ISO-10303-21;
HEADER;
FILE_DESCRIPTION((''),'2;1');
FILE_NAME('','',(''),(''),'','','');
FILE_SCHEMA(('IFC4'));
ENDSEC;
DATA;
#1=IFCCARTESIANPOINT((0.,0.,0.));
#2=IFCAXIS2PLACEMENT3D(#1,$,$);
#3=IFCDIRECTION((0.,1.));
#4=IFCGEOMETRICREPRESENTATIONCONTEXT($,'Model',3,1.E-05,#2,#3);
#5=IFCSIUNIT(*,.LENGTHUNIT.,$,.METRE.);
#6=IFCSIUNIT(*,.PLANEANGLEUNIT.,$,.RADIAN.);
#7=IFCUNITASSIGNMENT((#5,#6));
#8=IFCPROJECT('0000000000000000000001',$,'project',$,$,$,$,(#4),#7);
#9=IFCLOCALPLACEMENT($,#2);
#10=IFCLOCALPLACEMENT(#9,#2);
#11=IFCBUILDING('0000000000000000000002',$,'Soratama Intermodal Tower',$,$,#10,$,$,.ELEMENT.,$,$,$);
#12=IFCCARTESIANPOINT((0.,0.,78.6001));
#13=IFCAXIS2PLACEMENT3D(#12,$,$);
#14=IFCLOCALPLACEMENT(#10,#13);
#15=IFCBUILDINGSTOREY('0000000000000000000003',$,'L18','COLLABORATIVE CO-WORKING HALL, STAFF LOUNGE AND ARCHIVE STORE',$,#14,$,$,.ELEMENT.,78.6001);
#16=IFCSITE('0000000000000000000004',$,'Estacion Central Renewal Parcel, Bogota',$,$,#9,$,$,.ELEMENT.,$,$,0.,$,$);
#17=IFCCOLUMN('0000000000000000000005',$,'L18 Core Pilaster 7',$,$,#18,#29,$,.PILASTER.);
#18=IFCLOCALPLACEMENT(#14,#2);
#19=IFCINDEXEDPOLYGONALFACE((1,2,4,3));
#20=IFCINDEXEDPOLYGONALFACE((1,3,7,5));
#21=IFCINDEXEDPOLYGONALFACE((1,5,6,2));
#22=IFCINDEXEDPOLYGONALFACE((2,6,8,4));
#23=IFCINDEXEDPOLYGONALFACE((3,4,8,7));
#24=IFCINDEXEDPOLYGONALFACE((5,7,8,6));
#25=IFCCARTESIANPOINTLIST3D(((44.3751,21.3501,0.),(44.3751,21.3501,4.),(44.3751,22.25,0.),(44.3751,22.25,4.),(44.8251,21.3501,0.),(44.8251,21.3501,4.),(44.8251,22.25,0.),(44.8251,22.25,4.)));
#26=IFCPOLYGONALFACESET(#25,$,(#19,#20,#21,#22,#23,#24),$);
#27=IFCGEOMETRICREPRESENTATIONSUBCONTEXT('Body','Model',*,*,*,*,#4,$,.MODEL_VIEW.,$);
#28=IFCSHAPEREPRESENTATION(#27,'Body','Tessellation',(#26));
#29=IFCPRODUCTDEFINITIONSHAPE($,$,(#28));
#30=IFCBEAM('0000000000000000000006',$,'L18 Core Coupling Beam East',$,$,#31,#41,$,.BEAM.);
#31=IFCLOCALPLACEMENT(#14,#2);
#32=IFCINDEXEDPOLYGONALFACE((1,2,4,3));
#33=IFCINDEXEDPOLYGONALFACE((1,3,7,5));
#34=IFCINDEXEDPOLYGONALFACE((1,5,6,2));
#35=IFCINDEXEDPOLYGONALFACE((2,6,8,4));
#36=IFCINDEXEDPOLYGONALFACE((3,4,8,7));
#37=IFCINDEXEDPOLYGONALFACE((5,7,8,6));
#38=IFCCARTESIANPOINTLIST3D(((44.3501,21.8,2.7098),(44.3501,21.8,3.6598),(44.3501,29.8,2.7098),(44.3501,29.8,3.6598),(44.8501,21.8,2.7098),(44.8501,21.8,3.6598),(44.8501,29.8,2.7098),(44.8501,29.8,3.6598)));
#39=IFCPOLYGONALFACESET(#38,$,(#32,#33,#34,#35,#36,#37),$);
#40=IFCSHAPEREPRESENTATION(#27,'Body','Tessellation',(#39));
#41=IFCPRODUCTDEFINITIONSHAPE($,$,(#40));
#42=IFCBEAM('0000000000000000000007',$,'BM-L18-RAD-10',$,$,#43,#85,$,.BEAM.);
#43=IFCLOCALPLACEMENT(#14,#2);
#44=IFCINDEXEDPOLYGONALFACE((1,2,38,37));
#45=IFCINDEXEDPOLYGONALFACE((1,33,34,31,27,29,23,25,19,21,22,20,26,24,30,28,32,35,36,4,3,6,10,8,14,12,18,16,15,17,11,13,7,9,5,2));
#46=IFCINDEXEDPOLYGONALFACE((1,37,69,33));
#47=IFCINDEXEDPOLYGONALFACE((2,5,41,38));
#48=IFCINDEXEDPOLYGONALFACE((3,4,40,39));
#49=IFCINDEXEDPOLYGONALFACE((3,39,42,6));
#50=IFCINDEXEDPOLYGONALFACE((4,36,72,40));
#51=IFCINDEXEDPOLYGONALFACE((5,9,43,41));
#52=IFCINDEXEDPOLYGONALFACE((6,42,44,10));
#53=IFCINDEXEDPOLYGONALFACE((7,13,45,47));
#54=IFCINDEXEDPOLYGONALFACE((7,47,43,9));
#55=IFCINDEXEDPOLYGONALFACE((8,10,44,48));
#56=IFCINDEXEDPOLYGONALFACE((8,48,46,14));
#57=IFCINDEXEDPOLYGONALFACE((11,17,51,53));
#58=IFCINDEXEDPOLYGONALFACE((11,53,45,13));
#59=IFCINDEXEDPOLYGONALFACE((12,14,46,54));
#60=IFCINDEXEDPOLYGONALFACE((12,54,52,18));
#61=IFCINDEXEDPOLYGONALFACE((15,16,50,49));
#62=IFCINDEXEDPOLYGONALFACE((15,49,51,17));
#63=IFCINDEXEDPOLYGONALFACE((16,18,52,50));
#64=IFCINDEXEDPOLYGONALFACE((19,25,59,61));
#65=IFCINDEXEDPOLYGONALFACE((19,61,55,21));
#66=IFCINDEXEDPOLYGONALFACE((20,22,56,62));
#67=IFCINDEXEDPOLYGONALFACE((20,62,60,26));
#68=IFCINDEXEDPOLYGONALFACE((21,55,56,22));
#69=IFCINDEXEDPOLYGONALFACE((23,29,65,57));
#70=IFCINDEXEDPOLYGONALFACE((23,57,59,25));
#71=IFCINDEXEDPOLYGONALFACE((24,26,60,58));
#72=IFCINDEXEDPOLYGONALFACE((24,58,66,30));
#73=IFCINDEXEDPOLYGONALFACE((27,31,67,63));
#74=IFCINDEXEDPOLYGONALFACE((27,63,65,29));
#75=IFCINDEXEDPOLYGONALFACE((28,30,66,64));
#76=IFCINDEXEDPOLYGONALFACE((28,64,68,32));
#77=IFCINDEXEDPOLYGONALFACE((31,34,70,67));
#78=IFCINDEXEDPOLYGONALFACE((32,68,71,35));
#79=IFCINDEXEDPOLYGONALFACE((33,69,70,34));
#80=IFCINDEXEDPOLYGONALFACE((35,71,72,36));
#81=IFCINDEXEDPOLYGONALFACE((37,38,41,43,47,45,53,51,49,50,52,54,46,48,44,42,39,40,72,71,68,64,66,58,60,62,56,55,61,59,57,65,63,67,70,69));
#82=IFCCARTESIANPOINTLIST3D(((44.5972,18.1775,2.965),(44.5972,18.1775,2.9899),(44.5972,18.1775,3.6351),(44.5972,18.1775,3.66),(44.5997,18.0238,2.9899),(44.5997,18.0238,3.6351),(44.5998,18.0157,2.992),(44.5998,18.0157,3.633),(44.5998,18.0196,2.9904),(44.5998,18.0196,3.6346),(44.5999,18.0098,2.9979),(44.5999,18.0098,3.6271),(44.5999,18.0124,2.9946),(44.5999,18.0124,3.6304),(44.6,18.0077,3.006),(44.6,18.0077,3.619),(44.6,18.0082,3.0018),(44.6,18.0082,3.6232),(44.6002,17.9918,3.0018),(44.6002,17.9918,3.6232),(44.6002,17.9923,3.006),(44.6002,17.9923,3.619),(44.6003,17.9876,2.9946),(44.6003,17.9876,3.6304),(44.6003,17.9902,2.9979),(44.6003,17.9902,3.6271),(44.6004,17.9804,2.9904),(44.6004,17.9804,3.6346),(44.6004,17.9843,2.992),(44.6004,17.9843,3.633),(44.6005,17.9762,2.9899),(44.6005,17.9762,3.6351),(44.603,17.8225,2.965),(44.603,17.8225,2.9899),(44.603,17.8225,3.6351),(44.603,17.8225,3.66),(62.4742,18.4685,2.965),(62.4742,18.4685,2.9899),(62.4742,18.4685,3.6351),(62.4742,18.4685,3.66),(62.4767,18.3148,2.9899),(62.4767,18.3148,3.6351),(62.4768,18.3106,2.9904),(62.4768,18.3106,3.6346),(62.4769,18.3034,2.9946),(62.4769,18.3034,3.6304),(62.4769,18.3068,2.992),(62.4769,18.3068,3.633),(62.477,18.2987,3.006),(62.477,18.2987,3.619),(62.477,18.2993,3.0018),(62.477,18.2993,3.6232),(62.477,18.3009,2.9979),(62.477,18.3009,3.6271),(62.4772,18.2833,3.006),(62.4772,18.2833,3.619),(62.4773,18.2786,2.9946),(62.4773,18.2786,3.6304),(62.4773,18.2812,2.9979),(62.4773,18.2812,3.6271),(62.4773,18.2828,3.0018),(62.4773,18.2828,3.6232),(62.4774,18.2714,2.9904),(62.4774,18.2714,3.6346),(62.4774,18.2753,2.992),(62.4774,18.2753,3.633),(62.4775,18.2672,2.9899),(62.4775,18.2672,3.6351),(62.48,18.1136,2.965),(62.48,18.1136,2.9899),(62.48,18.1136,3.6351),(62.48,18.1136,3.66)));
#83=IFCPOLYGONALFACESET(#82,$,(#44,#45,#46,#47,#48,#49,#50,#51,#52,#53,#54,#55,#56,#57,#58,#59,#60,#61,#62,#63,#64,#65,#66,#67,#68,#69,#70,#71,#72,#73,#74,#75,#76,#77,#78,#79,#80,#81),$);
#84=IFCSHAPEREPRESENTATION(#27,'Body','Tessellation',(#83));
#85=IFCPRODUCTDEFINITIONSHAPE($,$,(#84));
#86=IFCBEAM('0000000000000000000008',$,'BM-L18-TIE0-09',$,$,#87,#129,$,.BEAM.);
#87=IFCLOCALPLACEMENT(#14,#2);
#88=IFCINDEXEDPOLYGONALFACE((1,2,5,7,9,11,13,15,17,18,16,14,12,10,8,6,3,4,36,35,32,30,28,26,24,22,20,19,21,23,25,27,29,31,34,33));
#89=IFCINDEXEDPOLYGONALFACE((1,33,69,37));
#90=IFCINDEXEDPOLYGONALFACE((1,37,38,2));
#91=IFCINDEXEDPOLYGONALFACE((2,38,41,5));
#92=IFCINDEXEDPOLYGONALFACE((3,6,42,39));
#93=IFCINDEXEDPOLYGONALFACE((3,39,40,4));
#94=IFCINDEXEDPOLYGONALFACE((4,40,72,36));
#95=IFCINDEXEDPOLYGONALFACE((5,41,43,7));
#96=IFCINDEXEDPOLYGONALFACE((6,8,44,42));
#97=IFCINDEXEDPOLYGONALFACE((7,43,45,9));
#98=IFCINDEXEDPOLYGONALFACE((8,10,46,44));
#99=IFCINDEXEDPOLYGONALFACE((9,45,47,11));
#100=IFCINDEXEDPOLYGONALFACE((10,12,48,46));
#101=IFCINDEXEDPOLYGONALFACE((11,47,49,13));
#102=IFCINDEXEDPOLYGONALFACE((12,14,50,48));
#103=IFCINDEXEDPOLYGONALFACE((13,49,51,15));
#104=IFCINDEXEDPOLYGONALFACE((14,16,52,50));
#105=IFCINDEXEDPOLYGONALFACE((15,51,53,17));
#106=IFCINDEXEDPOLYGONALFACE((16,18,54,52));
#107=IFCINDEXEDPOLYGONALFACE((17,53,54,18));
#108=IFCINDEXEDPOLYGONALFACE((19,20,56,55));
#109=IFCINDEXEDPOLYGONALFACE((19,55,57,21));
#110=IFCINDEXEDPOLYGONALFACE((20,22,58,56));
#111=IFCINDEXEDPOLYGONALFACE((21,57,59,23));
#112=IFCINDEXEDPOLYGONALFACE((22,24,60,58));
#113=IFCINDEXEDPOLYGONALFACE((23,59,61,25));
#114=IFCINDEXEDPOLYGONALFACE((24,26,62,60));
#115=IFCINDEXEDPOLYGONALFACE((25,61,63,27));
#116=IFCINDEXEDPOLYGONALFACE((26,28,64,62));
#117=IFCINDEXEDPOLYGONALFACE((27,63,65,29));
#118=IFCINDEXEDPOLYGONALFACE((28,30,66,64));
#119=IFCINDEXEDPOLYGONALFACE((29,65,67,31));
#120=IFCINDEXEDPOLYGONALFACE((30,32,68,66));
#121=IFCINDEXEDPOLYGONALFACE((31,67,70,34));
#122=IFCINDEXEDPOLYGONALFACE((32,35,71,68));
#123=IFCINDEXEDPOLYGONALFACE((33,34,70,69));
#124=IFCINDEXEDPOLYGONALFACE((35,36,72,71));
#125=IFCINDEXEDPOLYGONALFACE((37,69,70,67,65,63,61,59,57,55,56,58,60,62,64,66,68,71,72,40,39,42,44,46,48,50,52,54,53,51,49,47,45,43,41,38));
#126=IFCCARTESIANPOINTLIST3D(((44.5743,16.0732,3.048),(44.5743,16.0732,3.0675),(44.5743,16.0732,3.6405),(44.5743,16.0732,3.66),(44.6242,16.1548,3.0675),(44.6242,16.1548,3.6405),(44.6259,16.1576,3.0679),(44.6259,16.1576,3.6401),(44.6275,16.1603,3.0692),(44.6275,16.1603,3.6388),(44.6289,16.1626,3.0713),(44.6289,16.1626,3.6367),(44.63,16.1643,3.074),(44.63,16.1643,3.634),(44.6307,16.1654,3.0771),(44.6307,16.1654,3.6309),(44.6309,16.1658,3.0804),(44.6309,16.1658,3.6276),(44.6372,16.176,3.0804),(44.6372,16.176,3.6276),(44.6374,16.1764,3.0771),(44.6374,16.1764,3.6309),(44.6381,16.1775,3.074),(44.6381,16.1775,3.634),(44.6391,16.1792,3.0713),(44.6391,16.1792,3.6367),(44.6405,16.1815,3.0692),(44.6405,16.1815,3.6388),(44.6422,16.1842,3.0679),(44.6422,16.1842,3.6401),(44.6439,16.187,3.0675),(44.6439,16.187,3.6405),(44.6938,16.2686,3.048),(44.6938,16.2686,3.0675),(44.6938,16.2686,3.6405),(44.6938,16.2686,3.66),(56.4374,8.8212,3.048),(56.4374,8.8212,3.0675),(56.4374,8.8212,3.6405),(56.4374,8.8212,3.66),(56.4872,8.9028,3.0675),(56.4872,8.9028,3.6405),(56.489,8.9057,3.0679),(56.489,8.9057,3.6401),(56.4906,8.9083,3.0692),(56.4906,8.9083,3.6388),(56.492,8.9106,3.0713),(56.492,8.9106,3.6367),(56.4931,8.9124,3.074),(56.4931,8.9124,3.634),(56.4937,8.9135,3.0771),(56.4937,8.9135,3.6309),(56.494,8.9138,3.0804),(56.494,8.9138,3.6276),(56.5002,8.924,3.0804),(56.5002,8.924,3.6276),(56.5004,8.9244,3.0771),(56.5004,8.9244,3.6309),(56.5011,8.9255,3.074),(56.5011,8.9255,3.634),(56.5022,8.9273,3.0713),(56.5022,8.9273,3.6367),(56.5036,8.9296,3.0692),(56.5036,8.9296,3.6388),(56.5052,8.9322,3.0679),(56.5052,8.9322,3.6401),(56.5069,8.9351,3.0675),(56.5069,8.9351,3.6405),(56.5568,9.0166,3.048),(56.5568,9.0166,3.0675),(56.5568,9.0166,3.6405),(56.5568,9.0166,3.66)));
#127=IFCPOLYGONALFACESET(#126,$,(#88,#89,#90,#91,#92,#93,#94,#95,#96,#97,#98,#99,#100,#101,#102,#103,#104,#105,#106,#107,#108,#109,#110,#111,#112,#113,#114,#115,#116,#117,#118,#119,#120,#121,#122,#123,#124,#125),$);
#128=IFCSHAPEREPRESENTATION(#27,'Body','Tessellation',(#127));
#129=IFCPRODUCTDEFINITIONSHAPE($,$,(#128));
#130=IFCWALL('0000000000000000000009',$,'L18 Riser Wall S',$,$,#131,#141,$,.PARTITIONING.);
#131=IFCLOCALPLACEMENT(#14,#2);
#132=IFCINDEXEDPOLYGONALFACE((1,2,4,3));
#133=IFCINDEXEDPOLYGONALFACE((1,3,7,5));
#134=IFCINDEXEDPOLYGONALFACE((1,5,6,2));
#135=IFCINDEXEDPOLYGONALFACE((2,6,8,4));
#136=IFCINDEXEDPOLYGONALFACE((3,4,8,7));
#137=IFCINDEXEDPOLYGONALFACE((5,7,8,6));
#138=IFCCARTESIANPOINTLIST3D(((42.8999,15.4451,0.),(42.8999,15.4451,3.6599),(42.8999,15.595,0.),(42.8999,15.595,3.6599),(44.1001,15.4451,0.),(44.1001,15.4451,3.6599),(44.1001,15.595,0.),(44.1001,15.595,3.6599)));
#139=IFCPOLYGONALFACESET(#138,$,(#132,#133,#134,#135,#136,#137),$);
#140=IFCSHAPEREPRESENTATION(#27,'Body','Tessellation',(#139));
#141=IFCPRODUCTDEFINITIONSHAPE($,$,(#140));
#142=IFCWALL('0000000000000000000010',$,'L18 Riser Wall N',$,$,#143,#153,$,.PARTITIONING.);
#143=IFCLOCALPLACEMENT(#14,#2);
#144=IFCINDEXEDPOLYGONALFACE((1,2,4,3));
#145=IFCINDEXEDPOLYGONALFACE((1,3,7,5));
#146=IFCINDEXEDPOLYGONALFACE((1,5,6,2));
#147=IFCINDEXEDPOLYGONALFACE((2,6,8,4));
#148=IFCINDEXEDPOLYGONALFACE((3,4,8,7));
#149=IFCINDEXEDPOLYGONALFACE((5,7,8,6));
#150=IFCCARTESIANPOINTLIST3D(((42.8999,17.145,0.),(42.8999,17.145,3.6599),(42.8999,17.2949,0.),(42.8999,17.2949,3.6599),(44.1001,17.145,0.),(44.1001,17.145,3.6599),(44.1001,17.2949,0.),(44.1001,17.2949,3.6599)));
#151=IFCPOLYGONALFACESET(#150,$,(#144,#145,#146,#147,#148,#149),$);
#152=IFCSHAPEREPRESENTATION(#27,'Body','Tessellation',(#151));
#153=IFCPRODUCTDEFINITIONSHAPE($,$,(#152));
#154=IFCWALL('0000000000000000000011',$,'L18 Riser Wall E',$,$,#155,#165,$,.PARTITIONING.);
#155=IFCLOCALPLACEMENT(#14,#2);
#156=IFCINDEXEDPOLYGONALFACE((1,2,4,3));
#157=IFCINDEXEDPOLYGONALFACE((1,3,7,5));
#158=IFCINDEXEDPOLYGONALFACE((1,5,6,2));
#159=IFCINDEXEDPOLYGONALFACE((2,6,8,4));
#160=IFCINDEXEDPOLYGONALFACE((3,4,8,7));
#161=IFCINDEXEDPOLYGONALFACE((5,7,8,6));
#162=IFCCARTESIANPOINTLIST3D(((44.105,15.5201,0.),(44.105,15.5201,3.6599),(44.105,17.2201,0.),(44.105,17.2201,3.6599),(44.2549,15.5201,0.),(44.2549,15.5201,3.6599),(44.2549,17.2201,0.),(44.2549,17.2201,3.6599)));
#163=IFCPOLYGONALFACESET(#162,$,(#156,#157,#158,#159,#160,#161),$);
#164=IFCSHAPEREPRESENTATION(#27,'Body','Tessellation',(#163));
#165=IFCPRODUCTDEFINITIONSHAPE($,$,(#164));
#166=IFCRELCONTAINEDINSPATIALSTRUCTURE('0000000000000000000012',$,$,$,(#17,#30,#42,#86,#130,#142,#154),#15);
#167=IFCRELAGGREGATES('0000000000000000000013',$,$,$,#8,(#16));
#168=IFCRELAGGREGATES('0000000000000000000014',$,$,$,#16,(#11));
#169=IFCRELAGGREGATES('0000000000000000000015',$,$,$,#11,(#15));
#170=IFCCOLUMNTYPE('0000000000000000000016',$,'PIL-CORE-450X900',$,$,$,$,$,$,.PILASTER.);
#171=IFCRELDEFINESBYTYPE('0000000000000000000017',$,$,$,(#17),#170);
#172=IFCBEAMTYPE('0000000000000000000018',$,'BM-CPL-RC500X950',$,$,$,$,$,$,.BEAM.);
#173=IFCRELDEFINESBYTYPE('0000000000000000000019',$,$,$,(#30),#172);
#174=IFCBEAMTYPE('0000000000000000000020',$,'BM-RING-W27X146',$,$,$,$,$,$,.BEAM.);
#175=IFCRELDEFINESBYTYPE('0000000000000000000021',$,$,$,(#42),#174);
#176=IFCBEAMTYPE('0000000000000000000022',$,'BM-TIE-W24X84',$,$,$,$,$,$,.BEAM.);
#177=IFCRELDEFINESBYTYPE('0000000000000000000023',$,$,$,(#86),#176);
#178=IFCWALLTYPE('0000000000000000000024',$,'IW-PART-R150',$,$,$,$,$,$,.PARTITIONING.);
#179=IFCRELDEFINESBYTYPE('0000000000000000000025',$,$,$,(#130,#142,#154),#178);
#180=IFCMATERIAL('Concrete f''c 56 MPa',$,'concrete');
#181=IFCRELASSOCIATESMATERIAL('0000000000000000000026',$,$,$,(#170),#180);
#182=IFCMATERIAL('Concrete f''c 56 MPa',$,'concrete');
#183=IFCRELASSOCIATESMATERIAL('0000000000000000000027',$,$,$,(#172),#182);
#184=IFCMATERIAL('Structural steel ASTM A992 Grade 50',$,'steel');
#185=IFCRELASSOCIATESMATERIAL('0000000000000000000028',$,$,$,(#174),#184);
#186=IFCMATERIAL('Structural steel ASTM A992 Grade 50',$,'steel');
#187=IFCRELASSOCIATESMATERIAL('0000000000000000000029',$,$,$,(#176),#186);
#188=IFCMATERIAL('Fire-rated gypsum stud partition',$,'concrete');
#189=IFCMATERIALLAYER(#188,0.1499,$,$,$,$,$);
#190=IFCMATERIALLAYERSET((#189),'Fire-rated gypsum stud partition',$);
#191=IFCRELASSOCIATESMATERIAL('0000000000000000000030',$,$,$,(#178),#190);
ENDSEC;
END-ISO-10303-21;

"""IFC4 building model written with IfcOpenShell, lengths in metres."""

from ifc_helpers import new_model, si_unit, direction, frame, frame_2d, origin, origin_2d, place, context, subcontext, project, spatial, rectangle, i_section, extrude, material, layer, layer_set, material_profile, profile_set, type_object, element, save


model = new_model("IFC4")

# Units and contexts
model_context = context("Model", 3, precision=1e-05, world=origin(), true_north=direction((0.0, 1.0)))
body_context = subcontext(model_context, "Body", "Model", "MODEL_VIEW")
ifc_project = project(units=[si_unit("LENGTHUNIT", "METRE"), si_unit("PLANEANGLEUNIT", "RADIAN")], contexts=[model_context])

# Site, building, storey
site_placement = place(None, origin())
site = spatial("IfcSite", under=ifc_project, at=site_placement, Name="Estacion Central Renewal Parcel, Bogota", CompositionType="ELEMENT", RefElevation=0.0)
building_placement = place(site_placement, origin())
building = spatial("IfcBuilding", under=site, at=building_placement, Name="Soratama Intermodal Tower", CompositionType="ELEMENT")
storey_placement = place(building_placement, frame((0.0, 0.0, 78.6001)))
storey = spatial("IfcBuildingStorey", under=building, at=storey_placement, Name="L18", Description="COLLABORATIVE CO-WORKING HALL, STAFF LOUNGE AND ARCHIVE STORE", CompositionType="ELEMENT", Elevation=78.6001)

# Column
ifc_material_1 = material(Name="Concrete f'c 56 MPa", Category="concrete")
ifc_material_profile_1 = material_profile(ifc_material_1, rectangle(XDim=0.45, YDim=0.8999, at=origin_2d()), Name="RC450X900")
ifc_profile_set_1 = profile_set([ifc_material_profile_1], Name="Concrete f'c 56 MPa")
column_type = type_object("IfcColumnType", Name="PIL-CORE-450X900", PredefinedType="PILASTER", material=ifc_profile_set_1)
column_placement = place(storey_placement, frame((44.6001, 21.8, 0.0), z_axis=(0.0, 0.0, 1.0), x_axis=(1.0, 0.0, 0.0)))
element("IfcColumn", 1, at=column_placement, inside=storey, type_object=column_type, Name="L18 Core Pilaster 7", PredefinedType="PILASTER", context=body_context, shape_type="SweptSolid", body=[
    extrude(rectangle(XDim=0.45, YDim=0.8999, at=origin_2d()), origin(), (0.0, 0.0, 1.0), 4.0),
])

# Beams
ifc_material_2 = material(Name="Concrete f'c 56 MPa", Category="concrete")
ifc_material_profile_2 = material_profile(ifc_material_2, rectangle(XDim=0.5, YDim=0.95, at=origin_2d()), Name="RC500X950")
ifc_profile_set_2 = profile_set([ifc_material_profile_2], Name="Concrete f'c 56 MPa")
beam_type_1 = type_object("IfcBeamType", Name="BM-CPL-RC500X950", PredefinedType="BEAM", material=ifc_profile_set_2)
beam_1_placement = place(storey_placement, frame((44.6001, 21.8, 3.1848), z_axis=(0.0, 1.0, 0.0), x_axis=(-1.0, 0.0, 0.0)))
element("IfcBeam", 2, at=beam_1_placement, inside=storey, type_object=beam_type_1, Name="L18 Core Coupling Beam East", PredefinedType="BEAM", context=body_context, shape_type="SweptSolid", body=[
    extrude(rectangle(XDim=0.5, YDim=0.95, at=origin_2d()), origin(), (0.0, 0.0, 1.0), 8.0),
])
ifc_material_3 = material(Name="Structural steel ASTM A992 Grade 50", Category="steel")
ifc_material_profile_3 = material_profile(ifc_material_3, i_section(OverallWidth=0.355, OverallDepth=0.6951, WebThickness=0.0154, FlangeThickness=0.0249, FilletRadius=0.0161, at=origin_2d()), Name="W27X146")
ifc_profile_set_3 = profile_set([ifc_material_profile_3], Name="Structural steel ASTM A992 Grade 50")
beam_type_2 = type_object("IfcBeamType", Name="BM-RING-W27X146", PredefinedType="BEAM", material=ifc_profile_set_3)
beam_2_placement = place(storey_placement, frame((44.6001, 18.0, 3.3125), z_axis=(0.999868, 0.016277, 0.0), x_axis=(-0.016277, 0.999868, 0.0)))
element("IfcBeam", 3, at=beam_2_placement, inside=storey, type_object=beam_type_2, Name="BM-L18-RAD-10", PredefinedType="BEAM", context=body_context, shape_type="SweptSolid", body=[
    extrude(i_section(OverallWidth=0.355, OverallDepth=0.6951, WebThickness=0.0154, FlangeThickness=0.0249, FilletRadius=0.0161, at=origin_2d()), origin(), (0.0, 0.0, 1.0), 17.8794),
])
ifc_material_4 = material(Name="Structural steel ASTM A992 Grade 50", Category="steel")
ifc_material_profile_4 = material_profile(ifc_material_4, i_section(OverallWidth=0.229, OverallDepth=0.6121, WebThickness=0.012, FlangeThickness=0.0195, FilletRadius=0.0129, at=origin_2d()), Name="W24X84")
ifc_profile_set_4 = profile_set([ifc_material_profile_4], Name="Structural steel ASTM A992 Grade 50")
beam_type_3 = type_object("IfcBeamType", Name="BM-TIE-W24X84", PredefinedType="BEAM", material=ifc_profile_set_4)
beam_3_placement = place(storey_placement, frame((44.634, 16.1709, 3.354), z_axis=(0.853208, -0.521571, 0.0), x_axis=(0.521571, 0.853208, 0.0)))
element("IfcBeam", 4, at=beam_3_placement, inside=storey, type_object=beam_type_3, Name="BM-L18-TIE0-09", PredefinedType="BEAM", context=body_context, shape_type="SweptSolid", body=[
    extrude(i_section(OverallWidth=0.229, OverallDepth=0.6121, WebThickness=0.012, FlangeThickness=0.0195, FilletRadius=0.0129, at=origin_2d()), origin(), (0.0, 0.0, 1.0), 13.9041),
])

# Walls
ifc_material_5 = material(Name="Fire-rated gypsum stud partition", Category="concrete")
ifc_layer_1 = layer(ifc_material_5, 0.1499)
ifc_layer_set_1 = layer_set([ifc_layer_1], Name="Fire-rated gypsum stud partition")
wall_type_1 = type_object("IfcWallType", Name="IW-PART-R150", PredefinedType="PARTITIONING", material=ifc_layer_set_1)
for number, where, z_axis, x_axis, name in (
    (5, (42.8999, 15.52, 0.0), (0.0, 0.0, 1.0), (1.0, 0.0, 0.0), "L18 Riser Wall S"),
    (6, (42.8999, 17.22, 0.0), (0.0, 0.0, 1.0), (1.0, 0.0, 0.0), "L18 Riser Wall N"),
):
    element("IfcWall", number, at=place(storey_placement, frame(where, z_axis=z_axis, x_axis=x_axis)), inside=storey, type_object=wall_type_1, Name=name, PredefinedType="PARTITIONING", context=body_context, shape_type="SweptSolid", body=[
        extrude(rectangle(XDim=1.2002, YDim=0.1499, at=frame_2d((0.6001, 0.0))), origin(), (0.0, 0.0, 1.0), 3.6599),
    ])
wall_1_placement = place(storey_placement, frame((44.1799, 15.52, 0.0), z_axis=(0.0, 0.0, 1.0), x_axis=(0.0, 1.0, 0.0)))
element("IfcWall", 7, at=wall_1_placement, inside=storey, type_object=wall_type_1, Name="L18 Riser Wall E", PredefinedType="PARTITIONING", context=body_context, shape_type="SweptSolid", body=[
    extrude(rectangle(XDim=1.7, YDim=0.1499, at=frame_2d((0.8501, 0.0))), origin(), (0.0, 0.0, 1.0), 3.6599),
])

save(model, "model.ifc")
